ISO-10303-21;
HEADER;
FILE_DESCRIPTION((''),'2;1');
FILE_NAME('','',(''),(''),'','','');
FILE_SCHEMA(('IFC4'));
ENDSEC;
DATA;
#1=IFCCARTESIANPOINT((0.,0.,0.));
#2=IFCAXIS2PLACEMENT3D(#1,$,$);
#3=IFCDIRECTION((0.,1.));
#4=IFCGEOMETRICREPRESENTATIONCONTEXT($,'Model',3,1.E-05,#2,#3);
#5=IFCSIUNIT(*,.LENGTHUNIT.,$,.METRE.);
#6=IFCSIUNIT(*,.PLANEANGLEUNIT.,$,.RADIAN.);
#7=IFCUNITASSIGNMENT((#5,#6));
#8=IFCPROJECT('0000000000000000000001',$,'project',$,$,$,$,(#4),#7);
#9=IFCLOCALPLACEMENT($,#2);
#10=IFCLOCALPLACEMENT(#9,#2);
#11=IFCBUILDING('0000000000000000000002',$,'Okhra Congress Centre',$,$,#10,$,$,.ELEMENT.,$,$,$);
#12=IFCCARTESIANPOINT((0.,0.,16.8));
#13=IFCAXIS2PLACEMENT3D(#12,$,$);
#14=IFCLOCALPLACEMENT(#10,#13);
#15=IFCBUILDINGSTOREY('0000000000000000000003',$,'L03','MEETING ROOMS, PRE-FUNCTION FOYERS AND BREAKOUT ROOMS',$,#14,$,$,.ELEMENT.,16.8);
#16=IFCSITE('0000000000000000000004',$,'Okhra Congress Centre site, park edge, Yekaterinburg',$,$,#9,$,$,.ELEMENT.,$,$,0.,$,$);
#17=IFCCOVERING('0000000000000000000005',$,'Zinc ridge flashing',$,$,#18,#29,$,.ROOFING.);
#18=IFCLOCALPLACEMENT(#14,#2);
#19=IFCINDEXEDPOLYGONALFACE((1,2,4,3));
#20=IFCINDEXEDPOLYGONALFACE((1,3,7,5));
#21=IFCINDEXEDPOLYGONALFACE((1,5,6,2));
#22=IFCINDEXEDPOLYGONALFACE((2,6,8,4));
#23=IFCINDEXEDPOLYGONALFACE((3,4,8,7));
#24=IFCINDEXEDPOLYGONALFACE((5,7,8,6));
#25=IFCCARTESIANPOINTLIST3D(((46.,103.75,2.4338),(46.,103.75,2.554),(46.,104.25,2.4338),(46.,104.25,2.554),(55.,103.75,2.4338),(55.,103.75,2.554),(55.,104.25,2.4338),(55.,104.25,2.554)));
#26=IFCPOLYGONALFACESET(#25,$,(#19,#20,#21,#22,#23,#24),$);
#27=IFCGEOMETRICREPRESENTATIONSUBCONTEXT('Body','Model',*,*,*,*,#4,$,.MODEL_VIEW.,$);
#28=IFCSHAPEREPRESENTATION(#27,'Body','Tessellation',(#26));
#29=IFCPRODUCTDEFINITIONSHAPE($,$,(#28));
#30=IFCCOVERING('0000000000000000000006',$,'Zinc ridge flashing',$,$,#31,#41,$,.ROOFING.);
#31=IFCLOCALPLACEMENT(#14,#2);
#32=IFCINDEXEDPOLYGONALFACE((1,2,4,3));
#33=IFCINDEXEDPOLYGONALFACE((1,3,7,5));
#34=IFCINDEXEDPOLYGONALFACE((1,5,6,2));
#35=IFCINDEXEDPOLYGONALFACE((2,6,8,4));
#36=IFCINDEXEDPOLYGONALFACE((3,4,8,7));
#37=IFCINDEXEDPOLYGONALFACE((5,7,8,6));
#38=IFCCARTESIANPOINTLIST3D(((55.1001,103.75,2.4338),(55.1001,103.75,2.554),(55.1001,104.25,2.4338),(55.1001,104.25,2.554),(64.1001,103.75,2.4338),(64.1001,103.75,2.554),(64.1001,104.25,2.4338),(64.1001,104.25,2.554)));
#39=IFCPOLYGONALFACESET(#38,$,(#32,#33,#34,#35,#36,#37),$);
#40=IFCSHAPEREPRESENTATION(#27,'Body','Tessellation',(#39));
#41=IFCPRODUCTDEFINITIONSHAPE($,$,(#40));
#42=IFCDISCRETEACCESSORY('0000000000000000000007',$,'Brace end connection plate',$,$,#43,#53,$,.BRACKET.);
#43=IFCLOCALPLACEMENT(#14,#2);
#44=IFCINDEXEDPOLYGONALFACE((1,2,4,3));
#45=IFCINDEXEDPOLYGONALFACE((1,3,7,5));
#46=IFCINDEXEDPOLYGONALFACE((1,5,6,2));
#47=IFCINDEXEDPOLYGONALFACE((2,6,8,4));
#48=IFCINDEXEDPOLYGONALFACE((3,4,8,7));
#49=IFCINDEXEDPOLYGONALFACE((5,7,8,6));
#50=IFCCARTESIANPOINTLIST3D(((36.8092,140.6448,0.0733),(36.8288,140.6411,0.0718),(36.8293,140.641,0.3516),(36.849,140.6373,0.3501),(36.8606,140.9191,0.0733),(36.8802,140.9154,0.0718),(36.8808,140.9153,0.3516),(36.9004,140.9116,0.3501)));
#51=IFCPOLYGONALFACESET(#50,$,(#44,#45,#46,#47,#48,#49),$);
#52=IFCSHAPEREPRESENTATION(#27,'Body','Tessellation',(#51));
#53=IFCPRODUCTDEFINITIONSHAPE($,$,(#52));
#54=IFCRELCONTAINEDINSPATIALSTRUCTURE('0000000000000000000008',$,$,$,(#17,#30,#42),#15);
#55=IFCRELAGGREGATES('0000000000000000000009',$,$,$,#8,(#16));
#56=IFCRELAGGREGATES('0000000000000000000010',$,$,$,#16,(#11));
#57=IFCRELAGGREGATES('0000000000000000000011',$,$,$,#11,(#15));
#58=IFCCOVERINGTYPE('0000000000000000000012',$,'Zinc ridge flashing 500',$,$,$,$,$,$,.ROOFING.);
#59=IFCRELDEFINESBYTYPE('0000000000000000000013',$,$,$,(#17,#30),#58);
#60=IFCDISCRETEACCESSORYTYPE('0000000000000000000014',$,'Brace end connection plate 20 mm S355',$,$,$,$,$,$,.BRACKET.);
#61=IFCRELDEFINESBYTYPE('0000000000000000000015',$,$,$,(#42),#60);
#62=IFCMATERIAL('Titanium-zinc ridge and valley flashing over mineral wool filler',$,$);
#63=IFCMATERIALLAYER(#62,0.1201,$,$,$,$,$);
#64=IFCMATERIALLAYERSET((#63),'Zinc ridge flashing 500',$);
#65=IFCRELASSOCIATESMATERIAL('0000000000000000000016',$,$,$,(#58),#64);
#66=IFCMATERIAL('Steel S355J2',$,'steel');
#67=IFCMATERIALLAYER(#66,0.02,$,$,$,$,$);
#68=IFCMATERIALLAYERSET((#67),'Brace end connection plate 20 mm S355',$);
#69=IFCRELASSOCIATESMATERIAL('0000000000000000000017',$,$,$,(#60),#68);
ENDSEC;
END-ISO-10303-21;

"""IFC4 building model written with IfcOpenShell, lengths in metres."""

from ifc_helpers import new_model, si_unit, direction, frame, origin, origin_2d, place, context, subcontext, project, spatial, rectangle, extrude, material, layer, layer_set, type_object, element, save


model = new_model("IFC4")

# Units and contexts
model_context = context("Model", 3, precision=1e-05, world=origin(), true_north=direction((0.0, 1.0)))
body_context = subcontext(model_context, "Body", "Model", "MODEL_VIEW")
ifc_project = project(units=[si_unit("LENGTHUNIT", "METRE"), si_unit("PLANEANGLEUNIT", "RADIAN")], contexts=[model_context])

# Site, building, storey
site_placement = place(None, origin())
site = spatial("IfcSite", under=ifc_project, at=site_placement, Name="Okhra Congress Centre site, park edge, Yekaterinburg", CompositionType="ELEMENT", RefElevation=0.0)
building_placement = place(site_placement, origin())
building = spatial("IfcBuilding", under=site, at=building_placement, Name="Okhra Congress Centre", CompositionType="ELEMENT")
storey_placement = place(building_placement, frame((0.0, 0.0, 16.8)))
storey = spatial("IfcBuildingStorey", under=building, at=storey_placement, Name="L03", Description="MEETING ROOMS, PRE-FUNCTION FOYERS AND BREAKOUT ROOMS", CompositionType="ELEMENT", Elevation=16.8)

# Coverings
ifc_material_1 = material(Name="Titanium-zinc ridge and valley flashing over mineral wool filler")
ifc_layer_1 = layer(ifc_material_1, 0.1201)
ifc_layer_set_1 = layer_set([ifc_layer_1], Name="Zinc ridge flashing 500")
covering_type = type_object("IfcCoveringType", Name="Zinc ridge flashing 500", PredefinedType="ROOFING", material=ifc_layer_set_1)
for number, where, z_axis, x_axis, name in (
    (1, (50.5, 104.0, 2.4338), (0.0, 0.0, 1.0), (1.0, 0.0, 0.0), "Zinc ridge flashing"),
    (2, (59.6001, 104.0, 2.4338), (0.0, 0.0, 1.0), (1.0, 0.0, 0.0), "Zinc ridge flashing"),
):
    element("IfcCovering", number, at=place(storey_placement, frame(where, z_axis=z_axis, x_axis=x_axis)), inside=storey, type_object=covering_type, Name=name, PredefinedType="ROOFING", context=body_context, shape_type="SweptSolid", body=[
        extrude(rectangle(XDim=9.0, YDim=0.5, at=origin_2d()), origin(), (0.0, 0.0, 1.0), 0.1201),
    ])

# Discrete accessory
ifc_material_2 = material(Name="Steel S355J2", Category="steel")
ifc_layer_2 = layer(ifc_material_2, 0.02)
ifc_layer_set_2 = layer_set([ifc_layer_2], Name="Brace end connection plate 20 mm S355")
discrete_accessory_type = type_object("IfcDiscreteAccessoryType", Name="Brace end connection plate 20 mm S355", PredefinedType="BRACKET", material=ifc_layer_set_2)
discrete_accessory_placement = place(storey_placement, frame((36.845, 140.78, 0.2124), z_axis=(0.980213, -0.18379, -0.073516), x_axis=(0.184289, 0.982872, 0.0)))
element("IfcDiscreteAccessory", 3, at=discrete_accessory_placement, inside=storey, type_object=discrete_accessory_type, Name="Brace end connection plate", PredefinedType="BRACKET", context=body_context, shape_type="SweptSolid", body=[
    extrude(rectangle(XDim=0.2791, YDim=0.2791, at=origin_2d()), origin(), (0.0, 0.0, 1.0), 0.02),
])

save(model, "model.ifc")
